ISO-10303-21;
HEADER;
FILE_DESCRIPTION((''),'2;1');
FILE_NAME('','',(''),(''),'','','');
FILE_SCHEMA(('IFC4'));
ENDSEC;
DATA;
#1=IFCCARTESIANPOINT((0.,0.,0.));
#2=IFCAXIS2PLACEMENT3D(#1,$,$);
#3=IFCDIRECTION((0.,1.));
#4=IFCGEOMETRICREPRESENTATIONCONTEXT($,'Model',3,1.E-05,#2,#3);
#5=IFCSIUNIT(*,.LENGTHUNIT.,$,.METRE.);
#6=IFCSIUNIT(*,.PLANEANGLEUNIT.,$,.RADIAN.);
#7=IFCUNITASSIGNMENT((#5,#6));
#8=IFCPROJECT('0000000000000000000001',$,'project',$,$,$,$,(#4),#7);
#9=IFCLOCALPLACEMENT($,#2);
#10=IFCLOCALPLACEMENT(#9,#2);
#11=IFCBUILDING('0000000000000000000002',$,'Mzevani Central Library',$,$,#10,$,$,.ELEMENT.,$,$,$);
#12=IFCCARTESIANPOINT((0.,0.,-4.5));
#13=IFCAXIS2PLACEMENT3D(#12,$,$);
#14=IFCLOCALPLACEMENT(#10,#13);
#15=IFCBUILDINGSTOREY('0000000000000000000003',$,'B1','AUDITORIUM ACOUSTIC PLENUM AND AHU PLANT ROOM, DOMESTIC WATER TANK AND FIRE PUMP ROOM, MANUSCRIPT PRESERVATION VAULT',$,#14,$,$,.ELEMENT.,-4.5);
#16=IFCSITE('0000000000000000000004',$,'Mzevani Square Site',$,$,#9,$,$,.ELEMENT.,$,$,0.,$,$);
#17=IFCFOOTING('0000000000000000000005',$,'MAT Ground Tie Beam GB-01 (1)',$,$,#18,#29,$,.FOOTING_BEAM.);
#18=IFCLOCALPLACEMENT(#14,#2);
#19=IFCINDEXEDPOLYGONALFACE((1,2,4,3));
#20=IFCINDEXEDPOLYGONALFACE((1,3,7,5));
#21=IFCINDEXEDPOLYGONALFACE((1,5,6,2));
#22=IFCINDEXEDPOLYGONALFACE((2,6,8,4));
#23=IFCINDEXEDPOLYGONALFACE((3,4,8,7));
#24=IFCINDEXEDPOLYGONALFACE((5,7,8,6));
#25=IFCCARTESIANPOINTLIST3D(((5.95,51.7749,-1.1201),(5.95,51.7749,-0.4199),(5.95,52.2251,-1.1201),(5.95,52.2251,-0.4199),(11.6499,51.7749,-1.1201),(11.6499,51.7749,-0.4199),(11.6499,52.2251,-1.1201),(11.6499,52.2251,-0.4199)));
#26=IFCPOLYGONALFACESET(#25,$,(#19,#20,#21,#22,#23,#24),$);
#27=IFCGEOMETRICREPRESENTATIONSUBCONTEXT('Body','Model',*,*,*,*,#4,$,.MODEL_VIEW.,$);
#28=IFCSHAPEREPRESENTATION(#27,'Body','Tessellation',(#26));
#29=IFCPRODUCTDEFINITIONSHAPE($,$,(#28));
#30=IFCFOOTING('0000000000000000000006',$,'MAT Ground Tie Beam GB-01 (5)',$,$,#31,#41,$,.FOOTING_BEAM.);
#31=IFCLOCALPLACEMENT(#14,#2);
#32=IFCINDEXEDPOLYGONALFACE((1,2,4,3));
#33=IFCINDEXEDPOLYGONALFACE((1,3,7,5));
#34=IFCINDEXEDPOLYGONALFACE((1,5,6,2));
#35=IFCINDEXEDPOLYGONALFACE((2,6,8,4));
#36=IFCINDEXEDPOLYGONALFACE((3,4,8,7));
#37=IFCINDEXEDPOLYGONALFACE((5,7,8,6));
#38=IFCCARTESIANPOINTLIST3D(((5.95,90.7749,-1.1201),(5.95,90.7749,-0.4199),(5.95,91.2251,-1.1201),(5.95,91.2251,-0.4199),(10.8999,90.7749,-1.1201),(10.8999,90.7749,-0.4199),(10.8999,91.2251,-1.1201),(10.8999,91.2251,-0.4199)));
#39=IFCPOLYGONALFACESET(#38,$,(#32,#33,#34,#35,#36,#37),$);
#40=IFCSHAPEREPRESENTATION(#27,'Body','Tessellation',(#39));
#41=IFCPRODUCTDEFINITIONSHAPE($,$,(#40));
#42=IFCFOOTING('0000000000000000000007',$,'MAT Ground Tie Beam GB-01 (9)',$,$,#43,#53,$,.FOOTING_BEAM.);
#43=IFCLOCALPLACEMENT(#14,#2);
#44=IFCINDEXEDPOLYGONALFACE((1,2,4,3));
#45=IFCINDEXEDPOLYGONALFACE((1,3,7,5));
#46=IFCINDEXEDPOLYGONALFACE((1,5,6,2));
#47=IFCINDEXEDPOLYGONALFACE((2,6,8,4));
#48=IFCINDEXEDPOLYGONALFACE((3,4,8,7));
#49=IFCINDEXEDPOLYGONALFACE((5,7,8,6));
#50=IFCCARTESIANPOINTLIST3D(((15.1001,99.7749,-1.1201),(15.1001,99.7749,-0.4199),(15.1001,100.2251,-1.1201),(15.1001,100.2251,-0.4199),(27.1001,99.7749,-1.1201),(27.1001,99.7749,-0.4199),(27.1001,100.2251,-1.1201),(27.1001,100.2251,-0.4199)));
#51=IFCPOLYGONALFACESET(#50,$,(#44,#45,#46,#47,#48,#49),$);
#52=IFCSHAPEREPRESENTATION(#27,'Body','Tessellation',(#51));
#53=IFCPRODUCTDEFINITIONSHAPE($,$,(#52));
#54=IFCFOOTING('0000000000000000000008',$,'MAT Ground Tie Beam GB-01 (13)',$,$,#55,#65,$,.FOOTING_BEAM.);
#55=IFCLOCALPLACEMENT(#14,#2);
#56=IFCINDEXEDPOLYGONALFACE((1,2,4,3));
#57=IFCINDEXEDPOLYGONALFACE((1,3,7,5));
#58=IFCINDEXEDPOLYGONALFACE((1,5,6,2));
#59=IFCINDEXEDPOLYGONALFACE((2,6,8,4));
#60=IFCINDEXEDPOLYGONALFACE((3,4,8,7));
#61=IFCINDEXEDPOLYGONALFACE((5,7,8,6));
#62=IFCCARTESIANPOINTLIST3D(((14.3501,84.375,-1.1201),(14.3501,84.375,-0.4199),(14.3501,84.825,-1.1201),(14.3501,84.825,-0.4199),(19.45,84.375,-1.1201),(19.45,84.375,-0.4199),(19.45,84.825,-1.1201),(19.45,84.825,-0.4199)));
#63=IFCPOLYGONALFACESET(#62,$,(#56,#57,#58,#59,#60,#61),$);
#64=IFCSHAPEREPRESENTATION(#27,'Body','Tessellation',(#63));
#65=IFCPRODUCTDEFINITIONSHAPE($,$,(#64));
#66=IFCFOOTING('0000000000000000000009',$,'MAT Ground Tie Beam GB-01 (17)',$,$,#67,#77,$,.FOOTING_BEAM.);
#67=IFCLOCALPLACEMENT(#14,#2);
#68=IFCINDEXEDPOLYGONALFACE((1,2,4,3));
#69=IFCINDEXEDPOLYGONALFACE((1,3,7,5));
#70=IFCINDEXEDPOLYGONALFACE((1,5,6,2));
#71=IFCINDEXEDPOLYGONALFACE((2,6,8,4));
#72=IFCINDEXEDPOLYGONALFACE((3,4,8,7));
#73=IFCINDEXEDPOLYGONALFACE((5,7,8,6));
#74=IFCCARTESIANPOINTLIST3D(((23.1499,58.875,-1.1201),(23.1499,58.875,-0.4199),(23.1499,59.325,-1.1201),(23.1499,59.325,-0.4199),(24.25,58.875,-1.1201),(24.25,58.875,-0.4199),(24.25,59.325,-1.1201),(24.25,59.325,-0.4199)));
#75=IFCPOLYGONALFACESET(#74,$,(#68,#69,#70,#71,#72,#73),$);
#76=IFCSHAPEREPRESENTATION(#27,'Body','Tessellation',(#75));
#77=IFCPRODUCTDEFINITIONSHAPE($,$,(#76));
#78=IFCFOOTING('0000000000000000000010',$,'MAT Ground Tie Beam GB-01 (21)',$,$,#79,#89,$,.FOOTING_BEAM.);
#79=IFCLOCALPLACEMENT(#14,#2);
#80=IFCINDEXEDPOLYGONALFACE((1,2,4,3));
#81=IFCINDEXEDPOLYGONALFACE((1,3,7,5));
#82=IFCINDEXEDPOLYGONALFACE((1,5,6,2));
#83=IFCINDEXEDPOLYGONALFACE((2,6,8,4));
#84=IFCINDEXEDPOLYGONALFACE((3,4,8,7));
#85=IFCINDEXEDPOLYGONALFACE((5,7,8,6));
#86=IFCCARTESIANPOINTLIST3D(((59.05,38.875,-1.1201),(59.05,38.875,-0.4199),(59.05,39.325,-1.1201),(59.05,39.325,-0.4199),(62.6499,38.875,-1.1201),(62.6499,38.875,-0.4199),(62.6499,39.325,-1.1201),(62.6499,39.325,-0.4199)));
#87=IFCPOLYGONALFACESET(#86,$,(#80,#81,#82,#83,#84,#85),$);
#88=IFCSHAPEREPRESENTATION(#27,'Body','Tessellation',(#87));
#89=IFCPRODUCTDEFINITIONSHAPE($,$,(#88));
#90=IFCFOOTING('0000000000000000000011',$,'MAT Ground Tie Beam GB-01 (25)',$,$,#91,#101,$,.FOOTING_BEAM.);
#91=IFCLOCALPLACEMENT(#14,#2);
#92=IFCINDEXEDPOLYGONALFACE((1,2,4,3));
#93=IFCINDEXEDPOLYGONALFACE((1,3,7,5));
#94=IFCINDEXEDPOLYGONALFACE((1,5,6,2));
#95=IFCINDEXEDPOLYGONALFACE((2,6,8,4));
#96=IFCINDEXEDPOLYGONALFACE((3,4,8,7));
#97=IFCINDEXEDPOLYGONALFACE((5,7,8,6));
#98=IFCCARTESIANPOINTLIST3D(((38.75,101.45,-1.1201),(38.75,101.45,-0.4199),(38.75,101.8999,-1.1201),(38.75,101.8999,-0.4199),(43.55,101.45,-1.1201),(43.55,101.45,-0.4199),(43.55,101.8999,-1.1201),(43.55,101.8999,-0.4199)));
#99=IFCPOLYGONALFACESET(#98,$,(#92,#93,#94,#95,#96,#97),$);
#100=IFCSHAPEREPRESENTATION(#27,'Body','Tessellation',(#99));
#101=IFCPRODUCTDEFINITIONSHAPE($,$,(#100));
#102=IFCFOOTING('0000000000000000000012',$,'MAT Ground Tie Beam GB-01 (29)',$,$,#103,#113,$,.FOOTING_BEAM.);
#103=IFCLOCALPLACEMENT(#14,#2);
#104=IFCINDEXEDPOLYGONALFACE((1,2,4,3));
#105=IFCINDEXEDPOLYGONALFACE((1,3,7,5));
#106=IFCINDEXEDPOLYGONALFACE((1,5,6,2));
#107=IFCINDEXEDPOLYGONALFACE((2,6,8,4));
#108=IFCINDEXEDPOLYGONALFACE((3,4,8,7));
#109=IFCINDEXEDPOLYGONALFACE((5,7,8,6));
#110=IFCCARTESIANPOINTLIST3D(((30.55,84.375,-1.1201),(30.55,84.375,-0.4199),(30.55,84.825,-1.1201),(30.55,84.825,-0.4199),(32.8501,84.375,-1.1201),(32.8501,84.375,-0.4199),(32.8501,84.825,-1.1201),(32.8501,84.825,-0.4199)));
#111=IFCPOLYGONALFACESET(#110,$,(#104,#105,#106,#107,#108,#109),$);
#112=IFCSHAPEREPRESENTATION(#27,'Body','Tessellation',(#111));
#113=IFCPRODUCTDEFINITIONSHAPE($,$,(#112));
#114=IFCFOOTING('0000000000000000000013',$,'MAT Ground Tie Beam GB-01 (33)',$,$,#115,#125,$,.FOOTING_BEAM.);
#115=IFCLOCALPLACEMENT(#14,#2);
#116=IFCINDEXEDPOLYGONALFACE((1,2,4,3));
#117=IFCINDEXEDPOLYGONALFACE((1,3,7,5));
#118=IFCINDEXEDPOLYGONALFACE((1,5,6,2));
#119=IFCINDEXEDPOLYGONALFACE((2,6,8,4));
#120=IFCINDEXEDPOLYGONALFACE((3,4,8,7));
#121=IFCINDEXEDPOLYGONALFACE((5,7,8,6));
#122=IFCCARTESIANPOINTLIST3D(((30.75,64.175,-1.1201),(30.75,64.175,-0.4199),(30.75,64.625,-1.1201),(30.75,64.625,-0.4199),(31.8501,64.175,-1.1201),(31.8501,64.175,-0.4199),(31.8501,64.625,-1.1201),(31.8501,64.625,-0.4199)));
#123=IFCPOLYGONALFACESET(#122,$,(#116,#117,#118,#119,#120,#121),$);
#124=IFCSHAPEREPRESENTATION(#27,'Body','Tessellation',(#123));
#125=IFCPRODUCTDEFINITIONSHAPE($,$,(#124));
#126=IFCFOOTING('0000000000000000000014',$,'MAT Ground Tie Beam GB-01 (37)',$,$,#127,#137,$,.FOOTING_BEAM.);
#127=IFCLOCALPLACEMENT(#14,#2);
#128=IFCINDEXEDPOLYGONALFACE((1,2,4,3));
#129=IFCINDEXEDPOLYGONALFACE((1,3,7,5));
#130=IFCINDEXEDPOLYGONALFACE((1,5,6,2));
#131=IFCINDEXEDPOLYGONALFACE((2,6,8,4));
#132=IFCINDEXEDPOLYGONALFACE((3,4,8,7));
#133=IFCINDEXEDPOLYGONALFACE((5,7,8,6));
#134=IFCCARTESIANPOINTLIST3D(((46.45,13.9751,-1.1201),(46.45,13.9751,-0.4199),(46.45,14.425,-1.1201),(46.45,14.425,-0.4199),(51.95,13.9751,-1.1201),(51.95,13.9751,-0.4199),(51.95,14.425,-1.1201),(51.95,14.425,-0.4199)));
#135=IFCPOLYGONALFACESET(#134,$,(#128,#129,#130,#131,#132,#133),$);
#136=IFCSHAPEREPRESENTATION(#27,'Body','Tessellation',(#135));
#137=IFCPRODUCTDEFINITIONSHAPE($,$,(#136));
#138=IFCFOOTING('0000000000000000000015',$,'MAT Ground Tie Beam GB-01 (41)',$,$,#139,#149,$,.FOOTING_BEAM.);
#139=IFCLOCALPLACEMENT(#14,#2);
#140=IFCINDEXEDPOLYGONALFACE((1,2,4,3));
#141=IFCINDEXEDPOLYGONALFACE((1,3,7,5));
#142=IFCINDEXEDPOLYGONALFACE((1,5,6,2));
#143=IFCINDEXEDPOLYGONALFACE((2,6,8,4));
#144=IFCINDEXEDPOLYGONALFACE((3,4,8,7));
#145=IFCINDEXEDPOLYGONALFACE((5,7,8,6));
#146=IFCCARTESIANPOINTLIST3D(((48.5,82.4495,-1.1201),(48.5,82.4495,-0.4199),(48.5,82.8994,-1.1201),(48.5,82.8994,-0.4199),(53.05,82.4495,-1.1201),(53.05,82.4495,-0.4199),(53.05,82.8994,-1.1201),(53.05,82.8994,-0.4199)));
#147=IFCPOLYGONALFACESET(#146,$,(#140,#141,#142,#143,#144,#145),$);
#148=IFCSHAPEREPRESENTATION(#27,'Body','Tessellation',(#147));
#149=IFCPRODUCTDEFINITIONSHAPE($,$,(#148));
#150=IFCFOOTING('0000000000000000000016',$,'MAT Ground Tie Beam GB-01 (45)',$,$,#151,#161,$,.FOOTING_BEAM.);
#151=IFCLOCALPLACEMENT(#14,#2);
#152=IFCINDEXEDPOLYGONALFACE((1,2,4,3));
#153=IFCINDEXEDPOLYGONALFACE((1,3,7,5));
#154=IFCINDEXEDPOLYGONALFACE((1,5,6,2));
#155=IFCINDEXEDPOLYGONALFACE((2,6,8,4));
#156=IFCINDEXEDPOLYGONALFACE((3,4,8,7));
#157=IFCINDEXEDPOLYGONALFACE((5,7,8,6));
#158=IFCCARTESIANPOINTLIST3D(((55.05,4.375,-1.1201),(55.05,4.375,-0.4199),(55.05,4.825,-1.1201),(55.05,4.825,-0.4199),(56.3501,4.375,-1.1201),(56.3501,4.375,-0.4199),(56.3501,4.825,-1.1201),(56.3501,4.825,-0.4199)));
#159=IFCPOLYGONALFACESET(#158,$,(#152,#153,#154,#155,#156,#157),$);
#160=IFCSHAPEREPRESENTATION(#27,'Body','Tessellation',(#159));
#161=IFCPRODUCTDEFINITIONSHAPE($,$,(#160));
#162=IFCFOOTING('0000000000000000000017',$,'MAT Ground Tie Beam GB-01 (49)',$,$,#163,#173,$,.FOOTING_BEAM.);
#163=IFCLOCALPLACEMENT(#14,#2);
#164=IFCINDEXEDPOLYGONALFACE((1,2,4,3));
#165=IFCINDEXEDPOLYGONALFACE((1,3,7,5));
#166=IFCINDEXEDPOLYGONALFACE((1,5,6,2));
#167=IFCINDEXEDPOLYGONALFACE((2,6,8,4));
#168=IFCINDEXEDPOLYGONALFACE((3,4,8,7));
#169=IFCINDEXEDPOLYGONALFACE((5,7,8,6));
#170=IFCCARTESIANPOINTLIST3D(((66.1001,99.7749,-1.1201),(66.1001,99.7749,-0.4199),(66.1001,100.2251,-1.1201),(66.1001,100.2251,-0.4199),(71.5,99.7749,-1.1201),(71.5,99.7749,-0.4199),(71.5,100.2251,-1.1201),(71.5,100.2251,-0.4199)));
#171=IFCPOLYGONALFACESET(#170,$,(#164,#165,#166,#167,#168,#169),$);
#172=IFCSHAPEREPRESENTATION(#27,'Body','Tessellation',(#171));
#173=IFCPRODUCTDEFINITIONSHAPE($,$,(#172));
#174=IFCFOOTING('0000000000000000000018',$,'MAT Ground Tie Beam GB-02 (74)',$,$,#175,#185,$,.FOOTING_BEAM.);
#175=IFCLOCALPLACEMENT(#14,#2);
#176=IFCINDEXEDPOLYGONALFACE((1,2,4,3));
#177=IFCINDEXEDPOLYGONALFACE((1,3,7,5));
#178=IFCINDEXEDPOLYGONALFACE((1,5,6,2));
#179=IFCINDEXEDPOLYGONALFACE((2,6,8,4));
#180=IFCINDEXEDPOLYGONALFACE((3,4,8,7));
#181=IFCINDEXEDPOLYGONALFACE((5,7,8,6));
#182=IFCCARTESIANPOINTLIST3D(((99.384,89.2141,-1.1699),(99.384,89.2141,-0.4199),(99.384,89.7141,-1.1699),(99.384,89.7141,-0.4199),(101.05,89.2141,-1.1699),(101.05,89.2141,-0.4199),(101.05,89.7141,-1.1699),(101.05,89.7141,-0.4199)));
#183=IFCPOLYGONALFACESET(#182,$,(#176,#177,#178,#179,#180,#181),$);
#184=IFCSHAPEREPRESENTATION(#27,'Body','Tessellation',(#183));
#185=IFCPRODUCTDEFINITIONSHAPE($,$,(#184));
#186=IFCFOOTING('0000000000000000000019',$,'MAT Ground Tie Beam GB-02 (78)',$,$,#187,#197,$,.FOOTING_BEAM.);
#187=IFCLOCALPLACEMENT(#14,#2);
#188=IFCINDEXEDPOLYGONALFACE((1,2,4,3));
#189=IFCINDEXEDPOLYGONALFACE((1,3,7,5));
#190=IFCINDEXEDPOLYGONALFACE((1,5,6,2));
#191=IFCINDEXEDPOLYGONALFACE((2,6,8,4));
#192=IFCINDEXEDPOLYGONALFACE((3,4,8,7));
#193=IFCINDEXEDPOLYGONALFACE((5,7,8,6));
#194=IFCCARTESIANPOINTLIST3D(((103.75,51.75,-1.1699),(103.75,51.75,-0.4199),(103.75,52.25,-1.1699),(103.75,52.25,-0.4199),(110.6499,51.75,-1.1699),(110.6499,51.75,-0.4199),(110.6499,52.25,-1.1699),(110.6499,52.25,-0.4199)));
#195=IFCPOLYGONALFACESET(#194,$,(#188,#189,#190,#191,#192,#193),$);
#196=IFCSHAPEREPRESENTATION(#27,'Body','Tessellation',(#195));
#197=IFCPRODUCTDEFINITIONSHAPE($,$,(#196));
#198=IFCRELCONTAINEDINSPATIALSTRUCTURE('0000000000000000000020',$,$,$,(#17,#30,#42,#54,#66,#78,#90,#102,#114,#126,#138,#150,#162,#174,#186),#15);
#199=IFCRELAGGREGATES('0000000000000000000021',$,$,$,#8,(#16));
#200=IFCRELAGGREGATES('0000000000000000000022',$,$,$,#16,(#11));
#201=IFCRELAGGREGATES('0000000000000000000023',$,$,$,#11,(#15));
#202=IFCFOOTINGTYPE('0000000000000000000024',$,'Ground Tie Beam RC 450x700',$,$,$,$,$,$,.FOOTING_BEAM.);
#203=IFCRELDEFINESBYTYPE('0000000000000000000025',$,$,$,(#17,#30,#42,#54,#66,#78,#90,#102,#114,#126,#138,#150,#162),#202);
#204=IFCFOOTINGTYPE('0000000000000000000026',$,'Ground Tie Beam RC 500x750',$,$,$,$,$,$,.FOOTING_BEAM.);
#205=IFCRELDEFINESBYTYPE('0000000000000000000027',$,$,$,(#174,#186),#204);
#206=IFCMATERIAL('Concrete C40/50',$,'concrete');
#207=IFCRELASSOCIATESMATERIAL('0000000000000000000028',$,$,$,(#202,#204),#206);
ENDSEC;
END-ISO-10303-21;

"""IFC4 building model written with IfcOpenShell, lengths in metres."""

from ifc_helpers import new_model, si_unit, direction, frame, origin, place, context, subcontext, project, spatial, polyline, outline, extrude, material, type_object, element, save


model = new_model("IFC4")

# Units and contexts
model_context = context("Model", 3, precision=1e-05, world=origin(), true_north=direction((0.0, 1.0)))
body_context = subcontext(model_context, "Body", "Model", "MODEL_VIEW")
ifc_project = project(units=[si_unit("LENGTHUNIT", "METRE"), si_unit("PLANEANGLEUNIT", "RADIAN")], contexts=[model_context])

# Site, building, storey
site_placement = place(None, origin())
site = spatial("IfcSite", under=ifc_project, at=site_placement, Name="Mzevani Square Site", CompositionType="ELEMENT", RefElevation=0.0)
building_placement = place(site_placement, origin())
building = spatial("IfcBuilding", under=site, at=building_placement, Name="Mzevani Central Library", CompositionType="ELEMENT")
storey_placement = place(building_placement, frame((0.0, 0.0, -4.5)))
storey = spatial("IfcBuildingStorey", under=building, at=storey_placement, Name="B1", Description="AUDITORIUM ACOUSTIC PLENUM AND AHU PLANT ROOM, DOMESTIC WATER TANK AND FIRE PUMP ROOM, MANUSCRIPT PRESERVATION VAULT", CompositionType="ELEMENT", Elevation=-4.5)

# Footings
ifc_material = material(Name="Concrete C40/50", Category="concrete")
footing_type_1 = type_object("IfcFootingType", Name="Ground Tie Beam RC 450x700", PredefinedType="FOOTING_BEAM", material=ifc_material)
footing_1_placement = place(storey_placement, frame((0.0, 0.0, -1.1201)))
element("IfcFooting", 1, at=footing_1_placement, inside=storey, type_object=footing_type_1, Name="MAT Ground Tie Beam GB-01 (1)", PredefinedType="FOOTING_BEAM", context=body_context, shape_type="SweptSolid", body=[
    extrude(outline(polyline([(5.95, 51.7749), (11.6499, 51.7749), (11.6499, 52.2251), (5.95, 52.2251), (5.95, 51.7749)])), origin(), (0.0, 0.0, 1.0), 0.7002),
])
footing_2_placement = place(storey_placement, frame((0.0, 0.0, -1.1201)))
element("IfcFooting", 2, at=footing_2_placement, inside=storey, type_object=footing_type_1, Name="MAT Ground Tie Beam GB-01 (5)", PredefinedType="FOOTING_BEAM", context=body_context, shape_type="SweptSolid", body=[
    extrude(outline(polyline([(5.95, 90.7749), (10.8999, 90.7749), (10.8999, 91.2251), (5.95, 91.2251), (5.95, 90.7749)])), origin(), (0.0, 0.0, 1.0), 0.7002),
])
footing_3_placement = place(storey_placement, frame((0.0, 0.0, -1.1201)))
element("IfcFooting", 3, at=footing_3_placement, inside=storey, type_object=footing_type_1, Name="MAT Ground Tie Beam GB-01 (9)", PredefinedType="FOOTING_BEAM", context=body_context, shape_type="SweptSolid", body=[
    extrude(outline(polyline([(15.1001, 99.7749), (27.1001, 99.7749), (27.1001, 100.2251), (15.1001, 100.2251), (15.1001, 99.7749)])), origin(), (0.0, 0.0, 1.0), 0.7002),
])
footing_4_placement = place(storey_placement, frame((0.0, 0.0, -1.1201)))
element("IfcFooting", 4, at=footing_4_placement, inside=storey, type_object=footing_type_1, Name="MAT Ground Tie Beam GB-01 (13)", PredefinedType="FOOTING_BEAM", context=body_context, shape_type="SweptSolid", body=[
    extrude(outline(polyline([(14.3501, 84.375), (19.45, 84.375), (19.45, 84.825), (14.3501, 84.825), (14.3501, 84.375)])), origin(), (0.0, 0.0, 1.0), 0.7002),
])
footing_5_placement = place(storey_placement, frame((0.0, 0.0, -1.1201)))
element("IfcFooting", 5, at=footing_5_placement, inside=storey, type_object=footing_type_1, Name="MAT Ground Tie Beam GB-01 (17)", PredefinedType="FOOTING_BEAM", context=body_context, shape_type="SweptSolid", body=[
    extrude(outline(polyline([(23.1499, 58.875), (24.25, 58.875), (24.25, 59.325), (23.1499, 59.325), (23.1499, 58.875)])), origin(), (0.0, 0.0, 1.0), 0.7002),
])
footing_6_placement = place(storey_placement, frame((0.0, 0.0, -1.1201)))
element("IfcFooting", 6, at=footing_6_placement, inside=storey, type_object=footing_type_1, Name="MAT Ground Tie Beam GB-01 (21)", PredefinedType="FOOTING_BEAM", context=body_context, shape_type="SweptSolid", body=[
    extrude(outline(polyline([(59.05, 38.875), (62.6499, 38.875), (62.6499, 39.325), (59.05, 39.325), (59.05, 38.875)])), origin(), (0.0, 0.0, 1.0), 0.7002),
])
footing_7_placement = place(storey_placement, frame((0.0, 0.0, -1.1201)))
element("IfcFooting", 7, at=footing_7_placement, inside=storey, type_object=footing_type_1, Name="MAT Ground Tie Beam GB-01 (25)", PredefinedType="FOOTING_BEAM", context=body_context, shape_type="SweptSolid", body=[
    extrude(outline(polyline([(38.75, 101.45), (43.55, 101.45), (43.55, 101.8999), (38.75, 101.8999), (38.75, 101.45)])), origin(), (0.0, 0.0, 1.0), 0.7002),
])
footing_8_placement = place(storey_placement, frame((0.0, 0.0, -1.1201)))
element("IfcFooting", 8, at=footing_8_placement, inside=storey, type_object=footing_type_1, Name="MAT Ground Tie Beam GB-01 (29)", PredefinedType="FOOTING_BEAM", context=body_context, shape_type="SweptSolid", body=[
    extrude(outline(polyline([(30.55, 84.375), (32.8501, 84.375), (32.8501, 84.825), (30.55, 84.825), (30.55, 84.375)])), origin(), (0.0, 0.0, 1.0), 0.7002),
])
footing_9_placement = place(storey_placement, frame((0.0, 0.0, -1.1201)))
element("IfcFooting", 9, at=footing_9_placement, inside=storey, type_object=footing_type_1, Name="MAT Ground Tie Beam GB-01 (33)", PredefinedType="FOOTING_BEAM", context=body_context, shape_type="SweptSolid", body=[
    extrude(outline(polyline([(30.75, 64.175), (31.8501, 64.175), (31.8501, 64.625), (30.75, 64.625), (30.75, 64.175)])), origin(), (0.0, 0.0, 1.0), 0.7002),
])
footing_10_placement = place(storey_placement, frame((0.0, 0.0, -1.1201)))
element("IfcFooting", 10, at=footing_10_placement, inside=storey, type_object=footing_type_1, Name="MAT Ground Tie Beam GB-01 (37)", PredefinedType="FOOTING_BEAM", context=body_context, shape_type="SweptSolid", body=[
    extrude(outline(polyline([(46.45, 13.9751), (51.95, 13.9751), (51.95, 14.425), (46.45, 14.425), (46.45, 13.9751)])), origin(), (0.0, 0.0, 1.0), 0.7002),
])
footing_11_placement = place(storey_placement, frame((0.0, 0.0, -1.1201)))
element("IfcFooting", 11, at=footing_11_placement, inside=storey, type_object=footing_type_1, Name="MAT Ground Tie Beam GB-01 (41)", PredefinedType="FOOTING_BEAM", context=body_context, shape_type="SweptSolid", body=[
    extrude(outline(polyline([(48.5, 82.4495), (53.05, 82.4495), (53.05, 82.8994), (48.5, 82.8994), (48.5, 82.4495)])), origin(), (0.0, 0.0, 1.0), 0.7002),
])
footing_12_placement = place(storey_placement, frame((0.0, 0.0, -1.1201)))
element("IfcFooting", 12, at=footing_12_placement, inside=storey, type_object=footing_type_1, Name="MAT Ground Tie Beam GB-01 (45)", PredefinedType="FOOTING_BEAM", context=body_context, shape_type="SweptSolid", body=[
    extrude(outline(polyline([(55.05, 4.375), (56.3501, 4.375), (56.3501, 4.825), (55.05, 4.825), (55.05, 4.375)])), origin(), (0.0, 0.0, 1.0), 0.7002),
])
footing_13_placement = place(storey_placement, frame((0.0, 0.0, -1.1201)))
element("IfcFooting", 13, at=footing_13_placement, inside=storey, type_object=footing_type_1, Name="MAT Ground Tie Beam GB-01 (49)", PredefinedType="FOOTING_BEAM", context=body_context, shape_type="SweptSolid", body=[
    extrude(outline(polyline([(66.1001, 99.7749), (71.5, 99.7749), (71.5, 100.2251), (66.1001, 100.2251), (66.1001, 99.7749)])), origin(), (0.0, 0.0, 1.0), 0.7002),
])
footing_type_2 = type_object("IfcFootingType", Name="Ground Tie Beam RC 500x750", PredefinedType="FOOTING_BEAM", material=ifc_material)
footing_14_placement = place(storey_placement, frame((0.0, 0.0, -1.1699)))
element("IfcFooting", 14, at=footing_14_placement, inside=storey, type_object=footing_type_2, Name="MAT Ground Tie Beam GB-02 (74)", PredefinedType="FOOTING_BEAM", context=body_context, shape_type="SweptSolid", body=[
    extrude(outline(polyline([(99.384, 89.2141), (101.05, 89.2141), (101.05, 89.7141), (99.384, 89.7141), (99.384, 89.2141)])), origin(), (0.0, 0.0, 1.0), 0.75),
])
footing_15_placement = place(storey_placement, frame((0.0, 0.0, -1.1699)))
element("IfcFooting", 15, at=footing_15_placement, inside=storey, type_object=footing_type_2, Name="MAT Ground Tie Beam GB-02 (78)", PredefinedType="FOOTING_BEAM", context=body_context, shape_type="SweptSolid", body=[
    extrude(outline(polyline([(103.75, 51.75), (110.6499, 51.75), (110.6499, 52.25), (103.75, 52.25), (103.75, 51.75)])), origin(), (0.0, 0.0, 1.0), 0.75),
])

save(model, "model.ifc")
